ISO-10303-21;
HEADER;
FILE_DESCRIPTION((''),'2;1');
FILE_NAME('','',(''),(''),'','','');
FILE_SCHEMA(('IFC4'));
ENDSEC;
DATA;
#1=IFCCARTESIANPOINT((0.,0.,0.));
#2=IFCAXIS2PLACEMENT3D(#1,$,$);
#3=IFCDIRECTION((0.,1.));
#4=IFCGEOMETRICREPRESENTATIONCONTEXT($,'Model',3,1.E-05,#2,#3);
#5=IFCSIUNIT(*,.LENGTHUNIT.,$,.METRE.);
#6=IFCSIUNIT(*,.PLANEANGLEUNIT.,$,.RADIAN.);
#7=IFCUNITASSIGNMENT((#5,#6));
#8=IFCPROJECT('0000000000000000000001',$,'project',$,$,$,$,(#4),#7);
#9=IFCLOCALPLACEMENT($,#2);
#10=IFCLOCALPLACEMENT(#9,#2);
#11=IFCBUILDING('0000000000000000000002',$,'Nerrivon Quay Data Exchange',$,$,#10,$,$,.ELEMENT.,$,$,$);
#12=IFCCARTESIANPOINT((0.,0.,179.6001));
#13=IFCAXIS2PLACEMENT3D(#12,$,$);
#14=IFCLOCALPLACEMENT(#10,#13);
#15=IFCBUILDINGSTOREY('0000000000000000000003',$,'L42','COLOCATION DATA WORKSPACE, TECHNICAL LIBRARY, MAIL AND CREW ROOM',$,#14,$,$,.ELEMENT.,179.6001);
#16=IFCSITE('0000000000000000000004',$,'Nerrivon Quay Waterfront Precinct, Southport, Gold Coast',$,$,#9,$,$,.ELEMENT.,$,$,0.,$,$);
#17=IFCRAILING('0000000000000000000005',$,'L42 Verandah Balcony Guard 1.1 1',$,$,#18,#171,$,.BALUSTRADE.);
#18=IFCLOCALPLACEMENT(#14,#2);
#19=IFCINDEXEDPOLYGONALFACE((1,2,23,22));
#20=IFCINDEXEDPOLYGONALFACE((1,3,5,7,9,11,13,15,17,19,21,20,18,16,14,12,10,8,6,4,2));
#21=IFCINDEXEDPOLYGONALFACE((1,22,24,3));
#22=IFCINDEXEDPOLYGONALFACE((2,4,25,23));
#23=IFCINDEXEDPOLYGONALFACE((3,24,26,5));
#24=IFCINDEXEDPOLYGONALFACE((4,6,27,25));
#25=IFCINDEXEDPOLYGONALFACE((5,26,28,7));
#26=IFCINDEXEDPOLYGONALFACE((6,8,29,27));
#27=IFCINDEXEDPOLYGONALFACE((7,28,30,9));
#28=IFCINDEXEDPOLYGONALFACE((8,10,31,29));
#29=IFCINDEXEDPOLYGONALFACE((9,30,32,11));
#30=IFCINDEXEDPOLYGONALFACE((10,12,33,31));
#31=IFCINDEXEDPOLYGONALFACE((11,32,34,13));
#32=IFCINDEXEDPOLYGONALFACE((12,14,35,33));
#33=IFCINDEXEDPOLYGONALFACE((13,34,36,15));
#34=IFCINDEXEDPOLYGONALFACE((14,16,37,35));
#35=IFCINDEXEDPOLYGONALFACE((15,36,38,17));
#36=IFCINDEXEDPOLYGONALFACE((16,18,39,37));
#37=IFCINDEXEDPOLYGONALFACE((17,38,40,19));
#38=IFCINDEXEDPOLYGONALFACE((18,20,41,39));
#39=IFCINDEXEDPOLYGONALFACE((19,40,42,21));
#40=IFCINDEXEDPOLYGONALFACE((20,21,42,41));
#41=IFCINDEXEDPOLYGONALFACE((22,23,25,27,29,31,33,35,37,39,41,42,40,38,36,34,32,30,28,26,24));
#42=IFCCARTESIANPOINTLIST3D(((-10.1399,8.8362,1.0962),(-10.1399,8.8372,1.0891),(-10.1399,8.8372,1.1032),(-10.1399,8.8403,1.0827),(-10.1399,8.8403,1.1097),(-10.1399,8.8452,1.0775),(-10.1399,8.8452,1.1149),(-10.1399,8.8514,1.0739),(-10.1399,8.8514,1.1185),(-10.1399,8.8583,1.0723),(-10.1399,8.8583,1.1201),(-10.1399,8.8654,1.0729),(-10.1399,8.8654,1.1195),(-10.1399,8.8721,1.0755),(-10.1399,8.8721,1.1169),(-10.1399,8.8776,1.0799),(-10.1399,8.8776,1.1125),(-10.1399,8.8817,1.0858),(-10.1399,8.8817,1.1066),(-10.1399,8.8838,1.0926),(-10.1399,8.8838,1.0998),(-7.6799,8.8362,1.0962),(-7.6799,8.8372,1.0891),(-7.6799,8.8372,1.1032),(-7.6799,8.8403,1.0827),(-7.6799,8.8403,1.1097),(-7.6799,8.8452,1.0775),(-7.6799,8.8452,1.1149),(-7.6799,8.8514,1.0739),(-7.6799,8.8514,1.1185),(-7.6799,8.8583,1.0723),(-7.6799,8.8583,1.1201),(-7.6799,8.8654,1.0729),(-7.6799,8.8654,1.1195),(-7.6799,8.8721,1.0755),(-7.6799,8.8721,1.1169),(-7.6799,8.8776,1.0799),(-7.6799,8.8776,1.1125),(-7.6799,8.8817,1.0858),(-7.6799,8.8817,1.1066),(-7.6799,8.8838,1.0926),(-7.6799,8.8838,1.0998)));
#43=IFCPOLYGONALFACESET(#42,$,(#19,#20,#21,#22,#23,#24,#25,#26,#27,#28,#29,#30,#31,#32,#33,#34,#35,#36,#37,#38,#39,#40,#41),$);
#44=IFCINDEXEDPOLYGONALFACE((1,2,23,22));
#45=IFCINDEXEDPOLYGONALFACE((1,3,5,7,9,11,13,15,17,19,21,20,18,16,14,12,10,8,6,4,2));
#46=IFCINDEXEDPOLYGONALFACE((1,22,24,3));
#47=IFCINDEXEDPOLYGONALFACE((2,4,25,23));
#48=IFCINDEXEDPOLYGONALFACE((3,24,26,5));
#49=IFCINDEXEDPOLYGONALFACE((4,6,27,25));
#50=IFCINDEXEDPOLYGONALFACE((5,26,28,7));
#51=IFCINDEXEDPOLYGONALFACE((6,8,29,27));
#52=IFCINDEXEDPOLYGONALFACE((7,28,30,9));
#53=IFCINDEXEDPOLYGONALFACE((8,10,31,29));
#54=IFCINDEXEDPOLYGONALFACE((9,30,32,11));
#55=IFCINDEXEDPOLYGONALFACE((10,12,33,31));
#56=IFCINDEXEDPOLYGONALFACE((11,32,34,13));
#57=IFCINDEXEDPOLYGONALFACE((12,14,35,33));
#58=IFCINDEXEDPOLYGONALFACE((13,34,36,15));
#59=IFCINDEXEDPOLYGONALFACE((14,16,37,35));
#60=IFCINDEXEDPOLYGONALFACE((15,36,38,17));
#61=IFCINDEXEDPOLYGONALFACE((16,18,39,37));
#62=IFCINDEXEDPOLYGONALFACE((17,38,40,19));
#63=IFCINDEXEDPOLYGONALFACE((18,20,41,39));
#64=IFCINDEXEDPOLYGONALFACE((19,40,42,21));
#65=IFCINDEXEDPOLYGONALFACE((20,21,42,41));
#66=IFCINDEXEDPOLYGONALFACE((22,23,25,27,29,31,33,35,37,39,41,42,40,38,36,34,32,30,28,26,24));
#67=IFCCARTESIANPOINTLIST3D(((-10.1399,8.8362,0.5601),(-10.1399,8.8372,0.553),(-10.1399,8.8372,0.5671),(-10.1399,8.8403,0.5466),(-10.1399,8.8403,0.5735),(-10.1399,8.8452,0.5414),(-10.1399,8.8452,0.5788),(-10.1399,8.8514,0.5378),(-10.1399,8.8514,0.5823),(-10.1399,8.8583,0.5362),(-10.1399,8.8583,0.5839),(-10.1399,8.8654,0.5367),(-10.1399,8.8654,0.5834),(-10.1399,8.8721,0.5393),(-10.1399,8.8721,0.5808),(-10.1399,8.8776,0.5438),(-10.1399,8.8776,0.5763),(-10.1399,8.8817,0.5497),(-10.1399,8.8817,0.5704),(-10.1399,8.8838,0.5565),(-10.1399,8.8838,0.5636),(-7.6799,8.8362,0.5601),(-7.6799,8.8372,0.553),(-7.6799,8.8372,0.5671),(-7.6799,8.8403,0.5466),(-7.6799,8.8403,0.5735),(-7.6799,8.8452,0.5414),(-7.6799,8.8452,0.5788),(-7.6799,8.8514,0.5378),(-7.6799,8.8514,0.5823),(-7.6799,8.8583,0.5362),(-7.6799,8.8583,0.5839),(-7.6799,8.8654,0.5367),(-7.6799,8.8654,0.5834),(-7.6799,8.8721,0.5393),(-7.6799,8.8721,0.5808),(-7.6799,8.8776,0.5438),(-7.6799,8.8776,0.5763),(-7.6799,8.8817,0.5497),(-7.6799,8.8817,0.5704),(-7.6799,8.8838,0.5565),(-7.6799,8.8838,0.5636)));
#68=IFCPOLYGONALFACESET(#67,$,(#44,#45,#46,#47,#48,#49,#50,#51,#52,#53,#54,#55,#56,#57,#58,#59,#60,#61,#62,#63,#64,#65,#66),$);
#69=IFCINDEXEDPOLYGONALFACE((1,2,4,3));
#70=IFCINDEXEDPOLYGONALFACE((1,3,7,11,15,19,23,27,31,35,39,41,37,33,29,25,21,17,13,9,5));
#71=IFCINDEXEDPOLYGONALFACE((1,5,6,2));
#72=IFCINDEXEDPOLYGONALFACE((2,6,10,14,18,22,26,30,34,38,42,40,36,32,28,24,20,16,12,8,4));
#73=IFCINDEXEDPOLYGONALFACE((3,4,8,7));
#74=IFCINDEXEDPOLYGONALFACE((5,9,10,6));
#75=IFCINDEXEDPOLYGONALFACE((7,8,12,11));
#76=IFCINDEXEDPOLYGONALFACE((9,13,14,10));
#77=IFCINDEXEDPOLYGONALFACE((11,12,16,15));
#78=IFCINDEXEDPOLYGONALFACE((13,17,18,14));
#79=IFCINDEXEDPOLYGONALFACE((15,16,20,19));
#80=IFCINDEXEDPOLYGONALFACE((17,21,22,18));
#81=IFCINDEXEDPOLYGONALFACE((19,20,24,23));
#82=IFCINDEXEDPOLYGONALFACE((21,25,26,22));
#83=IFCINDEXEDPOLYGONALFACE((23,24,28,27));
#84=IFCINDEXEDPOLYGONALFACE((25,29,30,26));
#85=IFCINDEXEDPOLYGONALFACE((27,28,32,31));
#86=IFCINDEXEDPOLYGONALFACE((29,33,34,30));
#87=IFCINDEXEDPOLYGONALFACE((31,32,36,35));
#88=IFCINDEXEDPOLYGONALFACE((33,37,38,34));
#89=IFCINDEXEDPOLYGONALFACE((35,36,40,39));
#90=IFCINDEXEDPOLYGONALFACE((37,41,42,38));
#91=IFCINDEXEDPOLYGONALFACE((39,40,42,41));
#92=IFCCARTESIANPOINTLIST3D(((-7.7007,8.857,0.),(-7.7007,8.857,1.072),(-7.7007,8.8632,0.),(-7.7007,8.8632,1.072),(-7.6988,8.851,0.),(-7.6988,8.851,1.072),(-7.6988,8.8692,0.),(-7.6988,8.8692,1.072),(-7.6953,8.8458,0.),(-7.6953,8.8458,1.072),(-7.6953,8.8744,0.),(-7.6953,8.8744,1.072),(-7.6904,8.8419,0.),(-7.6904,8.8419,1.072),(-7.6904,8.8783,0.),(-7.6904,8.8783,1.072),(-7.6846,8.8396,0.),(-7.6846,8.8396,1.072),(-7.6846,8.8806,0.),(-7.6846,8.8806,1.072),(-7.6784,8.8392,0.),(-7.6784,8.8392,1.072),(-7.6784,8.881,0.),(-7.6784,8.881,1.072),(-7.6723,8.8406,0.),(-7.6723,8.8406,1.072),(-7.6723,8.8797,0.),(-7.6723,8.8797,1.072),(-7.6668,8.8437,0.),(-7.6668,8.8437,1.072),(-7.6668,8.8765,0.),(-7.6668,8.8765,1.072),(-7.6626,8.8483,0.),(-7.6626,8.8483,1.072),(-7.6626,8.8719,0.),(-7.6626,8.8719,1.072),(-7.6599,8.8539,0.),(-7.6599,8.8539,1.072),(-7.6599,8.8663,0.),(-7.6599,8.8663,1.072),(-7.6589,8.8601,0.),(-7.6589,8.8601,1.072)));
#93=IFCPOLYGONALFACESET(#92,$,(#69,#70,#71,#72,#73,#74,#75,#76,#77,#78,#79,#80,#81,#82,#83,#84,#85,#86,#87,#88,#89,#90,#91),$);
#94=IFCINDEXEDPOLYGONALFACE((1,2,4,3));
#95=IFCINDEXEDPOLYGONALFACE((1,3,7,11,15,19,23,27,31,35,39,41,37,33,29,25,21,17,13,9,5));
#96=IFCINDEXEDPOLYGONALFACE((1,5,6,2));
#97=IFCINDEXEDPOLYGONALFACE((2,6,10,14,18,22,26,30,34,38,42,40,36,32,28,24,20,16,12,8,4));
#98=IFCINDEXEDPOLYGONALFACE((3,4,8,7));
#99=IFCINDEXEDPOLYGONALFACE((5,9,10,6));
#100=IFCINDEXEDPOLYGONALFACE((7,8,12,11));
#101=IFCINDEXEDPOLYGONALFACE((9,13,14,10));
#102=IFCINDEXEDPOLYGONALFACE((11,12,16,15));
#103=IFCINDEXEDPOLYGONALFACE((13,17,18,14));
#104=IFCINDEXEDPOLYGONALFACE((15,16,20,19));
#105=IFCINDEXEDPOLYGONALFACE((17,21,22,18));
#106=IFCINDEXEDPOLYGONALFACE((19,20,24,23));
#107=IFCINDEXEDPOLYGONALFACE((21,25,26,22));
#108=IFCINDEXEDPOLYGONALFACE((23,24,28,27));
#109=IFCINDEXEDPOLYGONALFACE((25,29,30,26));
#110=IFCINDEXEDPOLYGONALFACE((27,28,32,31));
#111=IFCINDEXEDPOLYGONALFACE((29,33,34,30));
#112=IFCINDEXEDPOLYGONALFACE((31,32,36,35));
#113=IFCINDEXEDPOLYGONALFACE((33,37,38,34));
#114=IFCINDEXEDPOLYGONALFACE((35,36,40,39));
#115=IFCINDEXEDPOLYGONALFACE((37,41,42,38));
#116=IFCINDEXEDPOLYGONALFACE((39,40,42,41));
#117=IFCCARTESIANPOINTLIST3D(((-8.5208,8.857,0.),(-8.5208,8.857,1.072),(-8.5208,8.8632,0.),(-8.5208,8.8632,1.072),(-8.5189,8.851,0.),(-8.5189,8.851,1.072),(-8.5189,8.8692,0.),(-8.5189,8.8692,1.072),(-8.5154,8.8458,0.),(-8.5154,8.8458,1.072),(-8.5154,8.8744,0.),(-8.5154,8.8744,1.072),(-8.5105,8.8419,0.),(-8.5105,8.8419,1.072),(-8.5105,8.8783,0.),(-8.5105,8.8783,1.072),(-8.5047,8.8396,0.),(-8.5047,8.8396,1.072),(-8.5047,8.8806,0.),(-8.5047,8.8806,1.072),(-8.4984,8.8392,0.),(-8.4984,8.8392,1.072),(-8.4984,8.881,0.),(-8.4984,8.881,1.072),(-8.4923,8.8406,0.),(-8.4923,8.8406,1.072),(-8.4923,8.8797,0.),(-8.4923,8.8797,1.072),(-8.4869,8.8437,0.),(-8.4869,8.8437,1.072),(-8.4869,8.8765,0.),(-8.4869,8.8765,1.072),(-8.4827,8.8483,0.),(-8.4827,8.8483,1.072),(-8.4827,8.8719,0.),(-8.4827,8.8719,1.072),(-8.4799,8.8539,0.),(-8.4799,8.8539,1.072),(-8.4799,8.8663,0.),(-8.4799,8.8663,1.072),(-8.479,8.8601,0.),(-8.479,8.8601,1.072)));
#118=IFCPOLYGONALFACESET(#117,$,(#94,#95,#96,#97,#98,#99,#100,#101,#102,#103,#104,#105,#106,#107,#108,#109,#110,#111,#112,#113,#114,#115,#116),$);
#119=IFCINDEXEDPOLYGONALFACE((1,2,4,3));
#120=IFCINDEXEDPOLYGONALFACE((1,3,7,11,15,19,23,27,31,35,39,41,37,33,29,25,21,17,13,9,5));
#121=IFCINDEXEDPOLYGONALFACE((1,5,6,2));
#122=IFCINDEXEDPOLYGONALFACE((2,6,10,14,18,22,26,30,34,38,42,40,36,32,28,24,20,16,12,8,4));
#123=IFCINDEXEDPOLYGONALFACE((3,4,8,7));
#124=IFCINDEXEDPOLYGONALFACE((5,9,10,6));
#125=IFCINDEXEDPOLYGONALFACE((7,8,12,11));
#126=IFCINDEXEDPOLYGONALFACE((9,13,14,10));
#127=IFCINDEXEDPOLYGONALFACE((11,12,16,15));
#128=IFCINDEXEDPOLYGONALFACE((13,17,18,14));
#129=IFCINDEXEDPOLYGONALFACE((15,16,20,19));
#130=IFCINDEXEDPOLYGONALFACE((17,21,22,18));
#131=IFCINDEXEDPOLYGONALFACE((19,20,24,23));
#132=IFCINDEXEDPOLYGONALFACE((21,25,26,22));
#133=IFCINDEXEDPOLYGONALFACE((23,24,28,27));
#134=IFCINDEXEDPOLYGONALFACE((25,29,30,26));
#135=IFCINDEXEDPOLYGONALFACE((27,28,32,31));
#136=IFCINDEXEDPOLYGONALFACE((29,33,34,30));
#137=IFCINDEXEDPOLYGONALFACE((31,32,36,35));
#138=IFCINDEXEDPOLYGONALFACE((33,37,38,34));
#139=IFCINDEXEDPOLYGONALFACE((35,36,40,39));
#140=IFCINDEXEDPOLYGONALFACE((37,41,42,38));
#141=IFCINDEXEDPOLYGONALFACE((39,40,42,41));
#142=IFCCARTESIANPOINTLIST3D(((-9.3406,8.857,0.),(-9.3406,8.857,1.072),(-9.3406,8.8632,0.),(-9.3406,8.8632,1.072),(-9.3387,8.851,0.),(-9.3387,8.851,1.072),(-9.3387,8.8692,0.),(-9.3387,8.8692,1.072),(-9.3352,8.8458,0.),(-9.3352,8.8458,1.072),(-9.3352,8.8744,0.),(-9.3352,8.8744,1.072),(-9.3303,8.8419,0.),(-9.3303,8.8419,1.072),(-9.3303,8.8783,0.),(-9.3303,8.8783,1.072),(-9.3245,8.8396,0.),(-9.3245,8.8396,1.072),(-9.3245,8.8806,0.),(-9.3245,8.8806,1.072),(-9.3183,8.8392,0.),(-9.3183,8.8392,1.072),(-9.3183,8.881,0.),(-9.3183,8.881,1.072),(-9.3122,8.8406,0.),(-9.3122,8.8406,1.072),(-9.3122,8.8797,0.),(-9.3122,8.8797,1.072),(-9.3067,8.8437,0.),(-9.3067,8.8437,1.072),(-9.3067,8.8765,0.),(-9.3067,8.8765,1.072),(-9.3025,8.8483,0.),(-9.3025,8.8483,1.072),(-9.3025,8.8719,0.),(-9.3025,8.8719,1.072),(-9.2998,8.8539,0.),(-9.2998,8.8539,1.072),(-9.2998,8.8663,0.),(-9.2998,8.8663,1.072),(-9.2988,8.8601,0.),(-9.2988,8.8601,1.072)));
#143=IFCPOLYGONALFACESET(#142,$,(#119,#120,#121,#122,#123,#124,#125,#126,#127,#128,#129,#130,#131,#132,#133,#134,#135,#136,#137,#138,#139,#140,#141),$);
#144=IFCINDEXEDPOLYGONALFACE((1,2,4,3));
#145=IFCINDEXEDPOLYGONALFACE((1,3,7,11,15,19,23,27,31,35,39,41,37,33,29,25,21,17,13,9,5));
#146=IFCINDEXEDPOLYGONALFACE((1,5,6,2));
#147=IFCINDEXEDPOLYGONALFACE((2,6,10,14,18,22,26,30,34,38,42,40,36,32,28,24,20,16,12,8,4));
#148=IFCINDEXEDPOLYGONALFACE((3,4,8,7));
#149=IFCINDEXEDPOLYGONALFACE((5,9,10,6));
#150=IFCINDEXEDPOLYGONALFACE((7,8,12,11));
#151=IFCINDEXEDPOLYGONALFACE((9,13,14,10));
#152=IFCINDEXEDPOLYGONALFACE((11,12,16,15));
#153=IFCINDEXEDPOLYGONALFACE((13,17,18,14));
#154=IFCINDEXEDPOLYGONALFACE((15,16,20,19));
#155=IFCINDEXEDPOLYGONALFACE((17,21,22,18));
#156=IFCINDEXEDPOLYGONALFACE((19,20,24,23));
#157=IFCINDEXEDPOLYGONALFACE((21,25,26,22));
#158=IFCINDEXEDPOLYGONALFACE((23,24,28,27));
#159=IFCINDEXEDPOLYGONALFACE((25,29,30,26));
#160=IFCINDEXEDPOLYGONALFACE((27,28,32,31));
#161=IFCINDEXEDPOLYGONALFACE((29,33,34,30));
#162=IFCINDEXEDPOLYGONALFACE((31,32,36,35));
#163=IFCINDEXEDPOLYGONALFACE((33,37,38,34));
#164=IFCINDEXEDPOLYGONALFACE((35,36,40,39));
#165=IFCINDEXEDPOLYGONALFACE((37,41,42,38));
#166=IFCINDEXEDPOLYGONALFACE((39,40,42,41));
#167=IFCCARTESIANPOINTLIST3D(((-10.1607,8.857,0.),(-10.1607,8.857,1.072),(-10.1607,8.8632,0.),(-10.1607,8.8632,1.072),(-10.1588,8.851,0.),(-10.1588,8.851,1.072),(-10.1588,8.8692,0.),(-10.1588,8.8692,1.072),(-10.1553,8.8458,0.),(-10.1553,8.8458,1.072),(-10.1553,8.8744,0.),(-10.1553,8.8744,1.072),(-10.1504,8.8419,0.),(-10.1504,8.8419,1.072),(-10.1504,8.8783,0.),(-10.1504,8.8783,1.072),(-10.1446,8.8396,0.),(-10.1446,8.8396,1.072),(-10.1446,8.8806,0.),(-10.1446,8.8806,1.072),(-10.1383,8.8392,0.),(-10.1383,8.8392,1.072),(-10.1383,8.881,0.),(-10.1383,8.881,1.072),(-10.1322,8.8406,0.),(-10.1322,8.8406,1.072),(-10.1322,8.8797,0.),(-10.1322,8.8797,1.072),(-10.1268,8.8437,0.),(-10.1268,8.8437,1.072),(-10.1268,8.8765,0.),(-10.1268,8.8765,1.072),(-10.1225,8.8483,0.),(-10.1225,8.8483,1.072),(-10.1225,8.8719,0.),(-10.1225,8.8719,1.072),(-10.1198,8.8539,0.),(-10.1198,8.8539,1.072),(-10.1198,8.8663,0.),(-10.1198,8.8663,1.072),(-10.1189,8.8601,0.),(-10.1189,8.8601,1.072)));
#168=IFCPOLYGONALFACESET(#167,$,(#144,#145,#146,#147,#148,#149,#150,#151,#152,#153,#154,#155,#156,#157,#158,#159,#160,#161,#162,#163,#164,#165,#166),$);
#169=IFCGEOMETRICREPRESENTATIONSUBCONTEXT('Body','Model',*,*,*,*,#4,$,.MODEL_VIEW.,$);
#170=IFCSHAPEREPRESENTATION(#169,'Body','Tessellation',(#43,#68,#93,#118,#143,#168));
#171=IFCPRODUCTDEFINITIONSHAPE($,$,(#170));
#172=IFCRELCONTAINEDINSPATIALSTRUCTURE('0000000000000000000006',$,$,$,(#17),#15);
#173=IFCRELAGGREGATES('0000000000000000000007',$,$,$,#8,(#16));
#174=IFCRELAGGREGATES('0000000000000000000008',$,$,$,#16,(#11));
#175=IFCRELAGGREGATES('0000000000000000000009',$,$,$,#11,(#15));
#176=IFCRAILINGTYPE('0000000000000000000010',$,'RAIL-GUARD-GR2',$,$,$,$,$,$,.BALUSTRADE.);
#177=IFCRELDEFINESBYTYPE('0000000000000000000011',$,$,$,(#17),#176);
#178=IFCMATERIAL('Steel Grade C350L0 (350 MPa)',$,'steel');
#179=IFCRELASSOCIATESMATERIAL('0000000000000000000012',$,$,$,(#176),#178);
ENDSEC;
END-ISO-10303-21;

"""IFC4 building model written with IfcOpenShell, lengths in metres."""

from ifc_helpers import new_model, si_unit, direction, frame, origin, origin_2d, place, context, subcontext, project, spatial, circle, extrude, material, type_object, element, save


model = new_model("IFC4")

# Units and contexts
model_context = context("Model", 3, precision=1e-05, world=origin(), true_north=direction((0.0, 1.0)))
body_context = subcontext(model_context, "Body", "Model", "MODEL_VIEW")
ifc_project = project(units=[si_unit("LENGTHUNIT", "METRE"), si_unit("PLANEANGLEUNIT", "RADIAN")], contexts=[model_context])

# Site, building, storey
site_placement = place(None, origin())
site = spatial("IfcSite", under=ifc_project, at=site_placement, Name="Nerrivon Quay Waterfront Precinct, Southport, Gold Coast", CompositionType="ELEMENT", RefElevation=0.0)
building_placement = place(site_placement, origin())
building = spatial("IfcBuilding", under=site, at=building_placement, Name="Nerrivon Quay Data Exchange", CompositionType="ELEMENT")
storey_placement = place(building_placement, frame((0.0, 0.0, 179.6001)))
storey = spatial("IfcBuildingStorey", under=building, at=storey_placement, Name="L42", Description="COLOCATION DATA WORKSPACE, TECHNICAL LIBRARY, MAIL AND CREW ROOM", CompositionType="ELEMENT", Elevation=179.6001)

# Railing
ifc_material_1 = material(Name="Steel Grade C350L0 (350 MPa)", Category="steel")
railing_type = type_object("IfcRailingType", Name="RAIL-GUARD-GR2", PredefinedType="BALUSTRADE", material=ifc_material_1)
railing_1_placement = place(storey_placement, frame((-7.6799, 8.8601, 0.0)))
element("IfcRailing", 1, at=railing_1_placement, inside=storey, type_object=railing_type, Name="L42 Verandah Balcony Guard 1.1 1", PredefinedType="BALUSTRADE", context=body_context, shape_type="SweptSolid", body=[
    extrude(circle(Radius=0.0239, at=origin_2d()), frame((0.0, 0.0, 1.0962), z_axis=(-1.0, 0.0, 0.0), x_axis=(0.0, -1.0, 0.0)), (0.0, 0.0, 1.0), 2.46),
    extrude(circle(Radius=0.0239, at=origin_2d()), frame((0.0, 0.0, 0.5601), z_axis=(-1.0, 0.0, 0.0), x_axis=(0.0, -1.0, 0.0)), (0.0, 0.0, 1.0), 2.46),
    extrude(circle(Radius=0.021, at=origin_2d()), origin(), (0.0, 0.0, 1.0), 1.072),
    extrude(circle(Radius=0.021, at=origin_2d()), frame((-0.8201, 0.0, 0.0)), (0.0, 0.0, 1.0), 1.072),
    extrude(circle(Radius=0.021, at=origin_2d()), frame((-1.6399, 0.0, 0.0)), (0.0, 0.0, 1.0), 1.072),
    extrude(circle(Radius=0.021, at=origin_2d()), frame((-2.46, 0.0, 0.0)), (0.0, 0.0, 1.0), 1.072),
])

save(model, "model.ifc")
